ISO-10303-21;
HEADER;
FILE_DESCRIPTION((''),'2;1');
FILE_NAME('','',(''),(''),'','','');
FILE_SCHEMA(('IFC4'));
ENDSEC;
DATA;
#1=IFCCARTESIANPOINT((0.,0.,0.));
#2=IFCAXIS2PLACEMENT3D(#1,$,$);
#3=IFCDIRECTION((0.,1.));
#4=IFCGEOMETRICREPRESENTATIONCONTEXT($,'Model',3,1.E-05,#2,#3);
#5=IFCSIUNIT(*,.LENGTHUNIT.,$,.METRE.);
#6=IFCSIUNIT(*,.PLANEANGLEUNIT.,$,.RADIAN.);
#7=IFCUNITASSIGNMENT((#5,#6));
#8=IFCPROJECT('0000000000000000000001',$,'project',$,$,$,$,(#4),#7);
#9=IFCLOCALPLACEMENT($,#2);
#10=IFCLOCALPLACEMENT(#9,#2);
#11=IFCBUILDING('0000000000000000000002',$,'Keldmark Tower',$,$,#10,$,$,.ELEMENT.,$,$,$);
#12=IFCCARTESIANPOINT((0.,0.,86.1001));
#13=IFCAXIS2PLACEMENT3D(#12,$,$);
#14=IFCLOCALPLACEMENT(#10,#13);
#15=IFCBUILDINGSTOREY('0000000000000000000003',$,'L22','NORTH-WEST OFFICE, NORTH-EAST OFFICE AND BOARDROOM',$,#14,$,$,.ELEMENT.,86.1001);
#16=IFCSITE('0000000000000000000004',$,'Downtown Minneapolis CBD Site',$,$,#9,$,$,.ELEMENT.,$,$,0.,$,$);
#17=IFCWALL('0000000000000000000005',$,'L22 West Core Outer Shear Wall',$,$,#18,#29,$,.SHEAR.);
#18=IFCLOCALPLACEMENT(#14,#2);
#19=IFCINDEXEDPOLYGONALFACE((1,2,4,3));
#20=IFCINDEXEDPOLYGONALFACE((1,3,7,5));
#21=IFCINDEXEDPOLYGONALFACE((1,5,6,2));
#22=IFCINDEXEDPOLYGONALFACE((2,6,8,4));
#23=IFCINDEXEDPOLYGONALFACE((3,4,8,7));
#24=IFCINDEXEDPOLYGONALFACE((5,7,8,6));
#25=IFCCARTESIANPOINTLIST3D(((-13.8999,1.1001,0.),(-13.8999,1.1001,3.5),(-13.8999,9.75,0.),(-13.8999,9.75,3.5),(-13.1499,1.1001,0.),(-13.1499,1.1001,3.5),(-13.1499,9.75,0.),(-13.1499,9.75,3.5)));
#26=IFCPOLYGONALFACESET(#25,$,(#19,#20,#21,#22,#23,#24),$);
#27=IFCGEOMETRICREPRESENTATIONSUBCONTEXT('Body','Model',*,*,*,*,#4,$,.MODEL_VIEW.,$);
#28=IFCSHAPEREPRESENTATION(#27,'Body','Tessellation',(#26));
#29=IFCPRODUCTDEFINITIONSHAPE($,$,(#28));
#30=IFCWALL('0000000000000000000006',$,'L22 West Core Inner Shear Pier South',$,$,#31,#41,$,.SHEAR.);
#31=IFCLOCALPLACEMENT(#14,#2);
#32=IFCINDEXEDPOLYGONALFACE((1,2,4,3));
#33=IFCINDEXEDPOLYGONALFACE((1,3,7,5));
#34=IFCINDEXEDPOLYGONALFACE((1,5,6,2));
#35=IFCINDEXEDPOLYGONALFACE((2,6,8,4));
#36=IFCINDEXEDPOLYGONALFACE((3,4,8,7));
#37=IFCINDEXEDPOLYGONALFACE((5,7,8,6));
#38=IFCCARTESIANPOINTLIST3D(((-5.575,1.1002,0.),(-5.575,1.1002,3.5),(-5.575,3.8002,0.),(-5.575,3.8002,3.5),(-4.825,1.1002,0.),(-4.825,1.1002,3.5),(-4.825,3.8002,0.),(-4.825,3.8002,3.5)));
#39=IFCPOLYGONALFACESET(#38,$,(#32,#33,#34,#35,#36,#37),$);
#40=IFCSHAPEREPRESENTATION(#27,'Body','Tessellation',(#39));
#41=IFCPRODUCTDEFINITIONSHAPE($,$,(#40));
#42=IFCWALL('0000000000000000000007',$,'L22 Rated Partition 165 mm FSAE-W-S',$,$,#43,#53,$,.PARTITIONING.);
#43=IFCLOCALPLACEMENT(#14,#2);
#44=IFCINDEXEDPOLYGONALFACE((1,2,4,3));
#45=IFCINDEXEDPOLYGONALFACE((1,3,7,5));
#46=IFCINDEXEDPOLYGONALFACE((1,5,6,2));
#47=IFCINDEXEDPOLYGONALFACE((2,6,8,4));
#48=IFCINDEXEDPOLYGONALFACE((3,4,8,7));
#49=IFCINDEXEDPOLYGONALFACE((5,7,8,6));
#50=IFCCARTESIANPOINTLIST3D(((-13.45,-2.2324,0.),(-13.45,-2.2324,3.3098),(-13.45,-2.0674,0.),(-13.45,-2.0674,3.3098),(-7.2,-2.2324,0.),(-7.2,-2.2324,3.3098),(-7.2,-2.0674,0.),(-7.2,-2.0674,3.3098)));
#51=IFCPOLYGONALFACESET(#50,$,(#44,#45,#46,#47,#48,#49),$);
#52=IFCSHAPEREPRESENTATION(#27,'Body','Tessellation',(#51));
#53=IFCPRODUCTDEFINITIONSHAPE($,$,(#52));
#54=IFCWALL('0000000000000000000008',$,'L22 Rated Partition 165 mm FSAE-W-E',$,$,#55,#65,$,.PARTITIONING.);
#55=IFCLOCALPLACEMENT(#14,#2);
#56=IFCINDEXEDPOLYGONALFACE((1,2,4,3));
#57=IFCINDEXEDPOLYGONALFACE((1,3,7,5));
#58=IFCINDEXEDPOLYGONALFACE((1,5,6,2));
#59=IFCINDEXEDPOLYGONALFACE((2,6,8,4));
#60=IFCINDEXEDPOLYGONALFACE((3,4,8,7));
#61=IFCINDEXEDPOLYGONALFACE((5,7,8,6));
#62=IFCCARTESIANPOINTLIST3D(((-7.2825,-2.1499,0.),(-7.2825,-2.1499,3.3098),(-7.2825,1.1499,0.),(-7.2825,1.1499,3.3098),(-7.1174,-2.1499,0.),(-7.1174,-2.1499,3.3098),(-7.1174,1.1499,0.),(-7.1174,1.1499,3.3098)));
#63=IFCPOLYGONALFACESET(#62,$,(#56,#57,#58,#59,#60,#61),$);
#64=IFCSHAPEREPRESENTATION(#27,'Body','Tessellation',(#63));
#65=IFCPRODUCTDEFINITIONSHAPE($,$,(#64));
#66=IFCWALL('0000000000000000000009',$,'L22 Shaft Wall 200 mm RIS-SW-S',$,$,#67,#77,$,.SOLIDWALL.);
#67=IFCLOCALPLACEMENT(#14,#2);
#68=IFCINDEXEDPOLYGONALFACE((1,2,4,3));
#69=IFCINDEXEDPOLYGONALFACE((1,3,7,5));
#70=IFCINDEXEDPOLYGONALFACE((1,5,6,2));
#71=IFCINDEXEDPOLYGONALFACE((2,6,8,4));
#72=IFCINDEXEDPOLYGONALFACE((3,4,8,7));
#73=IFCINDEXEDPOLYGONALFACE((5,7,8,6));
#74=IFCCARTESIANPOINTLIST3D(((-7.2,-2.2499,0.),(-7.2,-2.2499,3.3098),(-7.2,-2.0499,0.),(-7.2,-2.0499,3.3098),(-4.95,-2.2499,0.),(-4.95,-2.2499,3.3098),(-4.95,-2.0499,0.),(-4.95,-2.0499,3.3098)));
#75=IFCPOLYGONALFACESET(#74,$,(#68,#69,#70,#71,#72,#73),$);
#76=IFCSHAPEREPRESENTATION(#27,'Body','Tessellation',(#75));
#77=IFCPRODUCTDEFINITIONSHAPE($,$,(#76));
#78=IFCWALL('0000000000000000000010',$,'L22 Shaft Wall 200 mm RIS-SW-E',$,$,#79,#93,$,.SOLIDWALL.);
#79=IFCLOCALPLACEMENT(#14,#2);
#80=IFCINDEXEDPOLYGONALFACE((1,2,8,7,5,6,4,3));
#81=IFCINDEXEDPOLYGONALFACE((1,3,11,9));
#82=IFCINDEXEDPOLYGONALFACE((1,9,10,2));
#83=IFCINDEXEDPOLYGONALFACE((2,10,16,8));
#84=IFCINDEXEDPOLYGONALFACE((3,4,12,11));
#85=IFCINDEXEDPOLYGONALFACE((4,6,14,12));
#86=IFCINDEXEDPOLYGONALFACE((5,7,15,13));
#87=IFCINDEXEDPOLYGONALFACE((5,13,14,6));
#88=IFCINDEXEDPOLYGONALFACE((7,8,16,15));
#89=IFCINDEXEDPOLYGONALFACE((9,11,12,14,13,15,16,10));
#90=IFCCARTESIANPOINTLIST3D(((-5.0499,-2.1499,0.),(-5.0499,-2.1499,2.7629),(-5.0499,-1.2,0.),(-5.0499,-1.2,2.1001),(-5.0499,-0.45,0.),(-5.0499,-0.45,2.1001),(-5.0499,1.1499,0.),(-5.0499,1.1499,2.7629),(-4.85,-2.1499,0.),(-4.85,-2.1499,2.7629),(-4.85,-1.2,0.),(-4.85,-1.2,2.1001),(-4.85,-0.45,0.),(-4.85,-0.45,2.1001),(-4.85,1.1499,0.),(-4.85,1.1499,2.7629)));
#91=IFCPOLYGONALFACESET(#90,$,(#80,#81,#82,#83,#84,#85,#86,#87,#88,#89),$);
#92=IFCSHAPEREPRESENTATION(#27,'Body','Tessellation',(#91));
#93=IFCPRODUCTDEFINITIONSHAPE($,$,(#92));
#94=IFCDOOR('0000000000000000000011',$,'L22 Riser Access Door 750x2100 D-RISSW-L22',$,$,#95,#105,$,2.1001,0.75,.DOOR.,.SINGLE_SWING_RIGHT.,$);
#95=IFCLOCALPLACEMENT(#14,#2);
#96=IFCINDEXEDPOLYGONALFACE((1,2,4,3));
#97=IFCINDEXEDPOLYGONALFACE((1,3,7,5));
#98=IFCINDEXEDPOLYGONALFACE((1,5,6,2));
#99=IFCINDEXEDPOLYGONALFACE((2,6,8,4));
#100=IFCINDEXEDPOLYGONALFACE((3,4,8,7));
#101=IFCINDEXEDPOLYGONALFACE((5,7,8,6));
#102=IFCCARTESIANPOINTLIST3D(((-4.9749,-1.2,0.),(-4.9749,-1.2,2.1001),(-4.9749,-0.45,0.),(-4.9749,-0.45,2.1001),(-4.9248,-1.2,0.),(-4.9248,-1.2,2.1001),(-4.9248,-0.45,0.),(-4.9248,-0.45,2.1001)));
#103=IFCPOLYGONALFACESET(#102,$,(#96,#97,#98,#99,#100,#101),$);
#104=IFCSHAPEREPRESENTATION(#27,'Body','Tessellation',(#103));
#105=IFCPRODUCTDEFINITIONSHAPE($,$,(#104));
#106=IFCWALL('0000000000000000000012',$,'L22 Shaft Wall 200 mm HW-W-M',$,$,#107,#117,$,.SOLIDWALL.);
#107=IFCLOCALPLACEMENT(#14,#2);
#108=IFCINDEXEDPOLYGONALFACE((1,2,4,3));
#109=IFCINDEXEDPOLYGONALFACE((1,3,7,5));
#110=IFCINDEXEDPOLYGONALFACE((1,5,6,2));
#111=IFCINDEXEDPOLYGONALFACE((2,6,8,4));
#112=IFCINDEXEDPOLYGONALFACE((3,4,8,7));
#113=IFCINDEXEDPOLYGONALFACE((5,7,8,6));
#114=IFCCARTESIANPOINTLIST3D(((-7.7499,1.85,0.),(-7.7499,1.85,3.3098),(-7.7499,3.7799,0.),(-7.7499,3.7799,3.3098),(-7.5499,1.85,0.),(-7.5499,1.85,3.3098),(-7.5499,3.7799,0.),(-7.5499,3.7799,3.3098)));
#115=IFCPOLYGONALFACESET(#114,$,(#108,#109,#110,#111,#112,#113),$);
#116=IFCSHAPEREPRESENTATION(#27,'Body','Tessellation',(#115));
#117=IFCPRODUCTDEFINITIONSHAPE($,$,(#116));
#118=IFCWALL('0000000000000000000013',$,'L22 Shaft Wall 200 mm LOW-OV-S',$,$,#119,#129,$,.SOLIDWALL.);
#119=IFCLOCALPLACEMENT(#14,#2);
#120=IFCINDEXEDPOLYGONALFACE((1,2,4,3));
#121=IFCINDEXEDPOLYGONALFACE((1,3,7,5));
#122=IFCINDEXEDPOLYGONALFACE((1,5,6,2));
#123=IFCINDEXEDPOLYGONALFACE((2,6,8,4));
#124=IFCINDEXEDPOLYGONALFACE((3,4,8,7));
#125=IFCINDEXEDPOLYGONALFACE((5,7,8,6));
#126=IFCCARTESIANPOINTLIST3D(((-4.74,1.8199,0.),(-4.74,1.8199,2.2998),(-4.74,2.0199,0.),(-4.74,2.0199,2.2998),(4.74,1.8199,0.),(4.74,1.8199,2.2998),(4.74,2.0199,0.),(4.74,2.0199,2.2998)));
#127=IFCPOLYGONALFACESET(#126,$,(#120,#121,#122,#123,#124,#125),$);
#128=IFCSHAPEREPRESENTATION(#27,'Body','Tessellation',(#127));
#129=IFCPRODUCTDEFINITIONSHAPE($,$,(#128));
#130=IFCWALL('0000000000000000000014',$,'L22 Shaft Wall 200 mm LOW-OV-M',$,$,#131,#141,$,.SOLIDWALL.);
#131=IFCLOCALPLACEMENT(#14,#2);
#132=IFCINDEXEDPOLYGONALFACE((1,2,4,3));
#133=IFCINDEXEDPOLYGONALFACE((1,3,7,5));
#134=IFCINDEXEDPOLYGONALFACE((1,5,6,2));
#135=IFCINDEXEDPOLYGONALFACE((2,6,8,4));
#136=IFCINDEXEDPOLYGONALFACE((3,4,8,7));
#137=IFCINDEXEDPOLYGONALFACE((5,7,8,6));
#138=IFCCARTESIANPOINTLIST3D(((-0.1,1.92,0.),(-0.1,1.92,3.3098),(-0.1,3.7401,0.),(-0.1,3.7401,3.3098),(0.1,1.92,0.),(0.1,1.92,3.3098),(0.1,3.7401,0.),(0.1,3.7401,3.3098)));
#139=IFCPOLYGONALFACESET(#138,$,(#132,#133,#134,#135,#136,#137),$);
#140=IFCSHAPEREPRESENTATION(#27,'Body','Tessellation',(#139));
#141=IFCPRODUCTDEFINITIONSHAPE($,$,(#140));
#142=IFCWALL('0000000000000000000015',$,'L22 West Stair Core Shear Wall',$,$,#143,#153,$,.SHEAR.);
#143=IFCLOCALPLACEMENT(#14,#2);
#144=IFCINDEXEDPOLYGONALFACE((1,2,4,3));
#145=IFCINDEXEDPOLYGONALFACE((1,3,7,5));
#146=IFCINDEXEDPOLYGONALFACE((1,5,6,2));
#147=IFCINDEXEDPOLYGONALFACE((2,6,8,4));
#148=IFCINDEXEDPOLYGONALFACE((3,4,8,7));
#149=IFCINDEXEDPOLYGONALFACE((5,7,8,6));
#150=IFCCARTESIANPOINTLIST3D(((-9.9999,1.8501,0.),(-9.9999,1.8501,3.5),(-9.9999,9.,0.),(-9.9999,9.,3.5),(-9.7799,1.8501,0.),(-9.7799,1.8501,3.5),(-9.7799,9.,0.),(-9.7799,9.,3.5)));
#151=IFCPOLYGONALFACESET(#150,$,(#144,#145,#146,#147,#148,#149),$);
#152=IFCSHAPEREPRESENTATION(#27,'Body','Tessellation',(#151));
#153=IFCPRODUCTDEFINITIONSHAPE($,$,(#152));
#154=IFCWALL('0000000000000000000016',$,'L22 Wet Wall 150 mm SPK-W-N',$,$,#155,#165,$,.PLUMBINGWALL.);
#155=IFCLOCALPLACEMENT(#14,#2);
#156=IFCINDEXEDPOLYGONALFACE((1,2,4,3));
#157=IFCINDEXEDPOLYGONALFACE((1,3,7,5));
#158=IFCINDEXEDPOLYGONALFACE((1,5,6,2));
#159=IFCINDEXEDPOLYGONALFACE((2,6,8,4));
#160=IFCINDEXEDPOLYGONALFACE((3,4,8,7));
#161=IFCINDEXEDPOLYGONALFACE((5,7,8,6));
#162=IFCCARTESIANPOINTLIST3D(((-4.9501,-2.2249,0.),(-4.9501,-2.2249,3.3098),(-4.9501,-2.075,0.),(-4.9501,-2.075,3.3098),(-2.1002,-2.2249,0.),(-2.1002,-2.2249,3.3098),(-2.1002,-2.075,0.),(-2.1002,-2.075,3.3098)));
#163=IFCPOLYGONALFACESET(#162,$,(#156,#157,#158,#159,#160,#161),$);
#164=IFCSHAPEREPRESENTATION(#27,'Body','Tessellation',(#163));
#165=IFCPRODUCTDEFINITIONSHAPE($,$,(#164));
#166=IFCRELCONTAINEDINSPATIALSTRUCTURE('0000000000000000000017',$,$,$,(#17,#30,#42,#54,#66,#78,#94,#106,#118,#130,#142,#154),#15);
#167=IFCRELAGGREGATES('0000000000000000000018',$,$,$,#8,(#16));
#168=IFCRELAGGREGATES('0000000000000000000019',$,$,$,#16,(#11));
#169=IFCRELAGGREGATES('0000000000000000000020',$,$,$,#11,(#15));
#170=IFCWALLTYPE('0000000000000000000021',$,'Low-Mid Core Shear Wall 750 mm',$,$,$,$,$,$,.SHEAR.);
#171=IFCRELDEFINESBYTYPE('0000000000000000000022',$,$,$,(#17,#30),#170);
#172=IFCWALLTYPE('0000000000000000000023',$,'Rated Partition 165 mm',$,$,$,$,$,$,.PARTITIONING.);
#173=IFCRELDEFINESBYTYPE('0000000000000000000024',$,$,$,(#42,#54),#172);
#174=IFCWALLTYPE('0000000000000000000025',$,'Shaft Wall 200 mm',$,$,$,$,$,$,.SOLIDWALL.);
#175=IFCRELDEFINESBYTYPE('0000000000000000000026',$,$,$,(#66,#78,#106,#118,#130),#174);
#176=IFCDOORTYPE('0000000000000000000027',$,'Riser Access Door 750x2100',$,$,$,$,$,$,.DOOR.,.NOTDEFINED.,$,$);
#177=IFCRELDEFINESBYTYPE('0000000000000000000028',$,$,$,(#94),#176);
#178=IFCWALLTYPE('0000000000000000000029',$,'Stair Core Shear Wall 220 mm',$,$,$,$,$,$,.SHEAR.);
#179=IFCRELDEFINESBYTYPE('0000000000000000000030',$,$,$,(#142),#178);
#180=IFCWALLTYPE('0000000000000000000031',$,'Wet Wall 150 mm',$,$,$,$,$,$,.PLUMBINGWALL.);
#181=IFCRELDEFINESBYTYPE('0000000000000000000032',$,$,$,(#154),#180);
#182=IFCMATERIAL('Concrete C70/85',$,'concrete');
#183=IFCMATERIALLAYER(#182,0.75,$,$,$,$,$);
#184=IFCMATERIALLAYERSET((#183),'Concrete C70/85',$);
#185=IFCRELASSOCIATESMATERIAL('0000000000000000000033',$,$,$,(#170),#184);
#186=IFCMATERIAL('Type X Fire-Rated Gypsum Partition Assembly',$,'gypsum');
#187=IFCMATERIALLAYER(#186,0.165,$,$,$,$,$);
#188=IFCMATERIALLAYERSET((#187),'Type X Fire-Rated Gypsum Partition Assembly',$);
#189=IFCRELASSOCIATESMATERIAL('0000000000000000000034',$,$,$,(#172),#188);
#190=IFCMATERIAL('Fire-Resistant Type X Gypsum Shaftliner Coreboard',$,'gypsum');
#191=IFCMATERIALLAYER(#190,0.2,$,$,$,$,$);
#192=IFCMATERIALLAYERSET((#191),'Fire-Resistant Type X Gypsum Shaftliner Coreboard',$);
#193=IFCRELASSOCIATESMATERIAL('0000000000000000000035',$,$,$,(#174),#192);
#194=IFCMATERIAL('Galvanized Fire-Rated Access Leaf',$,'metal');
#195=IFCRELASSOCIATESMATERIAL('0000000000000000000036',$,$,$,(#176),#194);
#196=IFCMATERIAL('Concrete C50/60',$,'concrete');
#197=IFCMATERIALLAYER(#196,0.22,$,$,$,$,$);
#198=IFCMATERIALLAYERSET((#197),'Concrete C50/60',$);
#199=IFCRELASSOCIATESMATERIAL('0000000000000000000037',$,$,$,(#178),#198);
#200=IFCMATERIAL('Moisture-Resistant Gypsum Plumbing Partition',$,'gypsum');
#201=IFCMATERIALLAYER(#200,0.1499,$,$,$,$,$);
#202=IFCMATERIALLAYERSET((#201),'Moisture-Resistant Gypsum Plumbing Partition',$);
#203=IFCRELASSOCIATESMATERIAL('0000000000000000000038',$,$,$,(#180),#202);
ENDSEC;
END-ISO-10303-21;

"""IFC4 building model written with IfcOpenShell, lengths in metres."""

from ifc_helpers import new_model, si_unit, direction, frame, frame_2d, origin, place, context, subcontext, project, spatial, rectangle, extrude, material, layer, layer_set, type_object, element, fill, save


model = new_model("IFC4")

# Units and contexts
model_context = context("Model", 3, precision=1e-05, world=origin(), true_north=direction((0.0, 1.0)))
body_context = subcontext(model_context, "Body", "Model", "MODEL_VIEW")
ifc_project = project(units=[si_unit("LENGTHUNIT", "METRE"), si_unit("PLANEANGLEUNIT", "RADIAN")], contexts=[model_context])

# Site, building, storey
site_placement = place(None, origin())
site = spatial("IfcSite", under=ifc_project, at=site_placement, Name="Downtown Minneapolis CBD Site", CompositionType="ELEMENT", RefElevation=0.0)
building_placement = place(site_placement, origin())
building = spatial("IfcBuilding", under=site, at=building_placement, Name="Keldmark Tower", CompositionType="ELEMENT")
storey_placement = place(building_placement, frame((0.0, 0.0, 86.1001)))
storey = spatial("IfcBuildingStorey", under=building, at=storey_placement, Name="L22", Description="NORTH-WEST OFFICE, NORTH-EAST OFFICE AND BOARDROOM", CompositionType="ELEMENT", Elevation=86.1001)

# Wall
ifc_material_1 = material(Name="Concrete C70/85", Category="concrete")
ifc_layer_1 = layer(ifc_material_1, 0.75)
ifc_layer_set_1 = layer_set([ifc_layer_1], Name="Concrete C70/85")
wall_type_1 = type_object("IfcWallType", Name="Low-Mid Core Shear Wall 750 mm", PredefinedType="SHEAR", material=ifc_layer_set_1)
wall_1_placement = place(storey_placement, frame((-13.5249, 1.1001, 0.0), z_axis=(0.0, 0.0, 1.0), x_axis=(0.0, 1.0, 0.0)))
element("IfcWall", 1, at=wall_1_placement, inside=storey, type_object=wall_type_1, Name="L22 West Core Outer Shear Wall", PredefinedType="SHEAR", context=body_context, shape_type="SweptSolid", body=[
    extrude(rectangle(XDim=8.6499, YDim=0.75, at=frame_2d((4.325, 0.0))), origin(), (0.0, 0.0, 1.0), 3.5),
])

# Walls
wall_2_placement = place(storey_placement, frame((-5.2, 1.1001, 0.0), z_axis=(0.0, 0.0, 1.0), x_axis=(0.0, 1.0, 0.0)))
element("IfcWall", 2, at=wall_2_placement, inside=storey, type_object=wall_type_1, Name="L22 West Core Inner Shear Pier South", PredefinedType="SHEAR", context=body_context, shape_type="SweptSolid", body=[
    extrude(rectangle(XDim=2.7, YDim=0.75, at=frame_2d((1.3501, 0.0))), origin(), (0.0, 0.0, 1.0), 3.5),
])
ifc_material_2 = material(Name="Type X Fire-Rated Gypsum Partition Assembly", Category="gypsum")
ifc_layer_2 = layer(ifc_material_2, 0.165)
ifc_layer_set_2 = layer_set([ifc_layer_2], Name="Type X Fire-Rated Gypsum Partition Assembly")
wall_type_2 = type_object("IfcWallType", Name="Rated Partition 165 mm", PredefinedType="PARTITIONING", material=ifc_layer_set_2)
wall_3_placement = place(storey_placement, frame((-13.45, -2.1499, 0.0), z_axis=(0.0, 0.0, 1.0), x_axis=(1.0, 0.0, 0.0)))
element("IfcWall", 3, at=wall_3_placement, inside=storey, type_object=wall_type_2, Name="L22 Rated Partition 165 mm FSAE-W-S", PredefinedType="PARTITIONING", context=body_context, shape_type="SweptSolid", body=[
    extrude(rectangle(XDim=6.25, YDim=0.165, at=frame_2d((3.125, 0.0))), origin(), (0.0, 0.0, 1.0), 3.3098),
])

# Walls
wall_4_placement = place(storey_placement, frame((-7.2, -2.1499, 0.0), z_axis=(0.0, 0.0, 1.0), x_axis=(0.0, 1.0, 0.0)))
element("IfcWall", 4, at=wall_4_placement, inside=storey, type_object=wall_type_2, Name="L22 Rated Partition 165 mm FSAE-W-E", PredefinedType="PARTITIONING", context=body_context, shape_type="SweptSolid", body=[
    extrude(rectangle(XDim=3.2998, YDim=0.165, at=frame_2d((1.6499, 0.0))), origin(), (0.0, 0.0, 1.0), 3.3098),
])
ifc_material_3 = material(Name="Fire-Resistant Type X Gypsum Shaftliner Coreboard", Category="gypsum")
ifc_layer_3 = layer(ifc_material_3, 0.2)
ifc_layer_set_3 = layer_set([ifc_layer_3], Name="Fire-Resistant Type X Gypsum Shaftliner Coreboard")
wall_type_3 = type_object("IfcWallType", Name="Shaft Wall 200 mm", PredefinedType="SOLIDWALL", material=ifc_layer_set_3)
wall_5_placement = place(storey_placement, frame((-7.2, -2.1499, 0.0), z_axis=(0.0, 0.0, 1.0), x_axis=(1.0, 0.0, 0.0)))
element("IfcWall", 5, at=wall_5_placement, inside=storey, type_object=wall_type_3, Name="L22 Shaft Wall 200 mm RIS-SW-S", PredefinedType="SOLIDWALL", context=body_context, shape_type="SweptSolid", body=[
    extrude(rectangle(XDim=2.25, YDim=0.2, at=frame_2d((1.125, 0.0))), origin(), (0.0, 0.0, 1.0), 3.3098),
])

# Wall, opening, door
wall_6_placement = place(storey_placement, frame((-4.95, -2.1499, 0.0), z_axis=(0.0, 0.0, 1.0), x_axis=(0.0, 1.0, 0.0)))
wall_6 = element("IfcWall", 6, at=wall_6_placement, inside=storey, type_object=wall_type_3, Name="L22 Shaft Wall 200 mm RIS-SW-E", PredefinedType="SOLIDWALL", context=body_context, shape_type="SweptSolid", body=[
    extrude(rectangle(XDim=3.2998, YDim=0.2, at=frame_2d((1.6499, 0.0))), origin(), (0.0, 0.0, 1.0), 2.7629),
])
opening_1_placement = place(wall_6_placement, frame((0.95, 0.0, 0.0)))
opening_1 = element("IfcOpeningElement", 7, at=opening_1_placement, cuts=wall_6, PredefinedType="OPENING", context=body_context, shape_type="SweptSolid", body=[
    extrude(rectangle(XDim=0.75, YDim=2.1001, at=frame_2d((0.375, 1.05))), frame((0.0, 0.1099, 0.0), z_axis=(0.0, -1.0, 0.0), x_axis=(1.0, 0.0, 0.0)), (0.0, 0.0, 1.0), 0.22),
])
ifc_material_4 = material(Name="Galvanized Fire-Rated Access Leaf", Category="metal")
door_type_1 = type_object("IfcDoorType", Name="Riser Access Door 750x2100", OperationType="NOTDEFINED", PredefinedType="DOOR", material=ifc_material_4)
door_1_placement = place(opening_1_placement, origin())
door_1 = element("IfcDoor", 8, at=door_1_placement, inside=storey, type_object=door_type_1, Name="L22 Riser Access Door 750x2100 D-RISSW-L22", OperationType="SINGLE_SWING_RIGHT", OverallHeight=2.1001, OverallWidth=0.75, PredefinedType="DOOR", context=body_context, shape_type="SweptSolid", body=[
    extrude(rectangle(XDim=0.75, YDim=2.1001, at=frame_2d((0.375, 1.05))), frame((0.0, 0.0249, 0.0), z_axis=(0.0, -1.0, 0.0), x_axis=(1.0, 0.0, 0.0)), (0.0, 0.0, 1.0), 0.05),
])
fill(opening_1, door_1)

# Walls
wall_7_placement = place(storey_placement, frame((-7.6499, 1.8501, 0.0), z_axis=(0.0, 0.0, 1.0), x_axis=(0.0, 1.0, 0.0)))
element("IfcWall", 9, at=wall_7_placement, inside=storey, type_object=wall_type_3, Name="L22 Shaft Wall 200 mm HW-W-M", PredefinedType="SOLIDWALL", context=body_context, shape_type="SweptSolid", body=[
    extrude(rectangle(XDim=1.9299, YDim=0.2, at=frame_2d((0.9648, 0.0))), origin(), (0.0, 0.0, 1.0), 3.3098),
])
wall_8_placement = place(storey_placement, frame((-4.74, 1.9199, 0.0), z_axis=(0.0, 0.0, 1.0), x_axis=(1.0, 0.0, 0.0)))
element("IfcWall", 10, at=wall_8_placement, inside=storey, type_object=wall_type_3, Name="L22 Shaft Wall 200 mm LOW-OV-S", PredefinedType="SOLIDWALL", context=body_context, shape_type="SweptSolid", body=[
    extrude(rectangle(XDim=9.48, YDim=0.2, at=frame_2d((4.74, 0.0))), origin(), (0.0, 0.0, 1.0), 2.2998),
])
wall_9_placement = place(storey_placement, frame((0.0, 1.9199, 0.0), z_axis=(0.0, 0.0, 1.0), x_axis=(0.0, 1.0, 0.0)))
element("IfcWall", 11, at=wall_9_placement, inside=storey, type_object=wall_type_3, Name="L22 Shaft Wall 200 mm LOW-OV-M", PredefinedType="SOLIDWALL", context=body_context, shape_type="SweptSolid", body=[
    extrude(rectangle(XDim=1.8201, YDim=0.2, at=frame_2d((0.9102, 0.0))), origin(), (0.0, 0.0, 1.0), 3.3098),
])
ifc_material_5 = material(Name="Concrete C50/60", Category="concrete")
ifc_layer_4 = layer(ifc_material_5, 0.22)
ifc_layer_set_4 = layer_set([ifc_layer_4], Name="Concrete C50/60")
wall_type_4 = type_object("IfcWallType", Name="Stair Core Shear Wall 220 mm", PredefinedType="SHEAR", material=ifc_layer_set_4)
wall_10_placement = place(storey_placement, frame((-9.8899, 1.8501, 0.0), z_axis=(0.0, 0.0, 1.0), x_axis=(0.0, 1.0, 0.0)))
element("IfcWall", 12, at=wall_10_placement, inside=storey, type_object=wall_type_4, Name="L22 West Stair Core Shear Wall", PredefinedType="SHEAR", context=body_context, shape_type="SweptSolid", body=[
    extrude(rectangle(XDim=7.1499, YDim=0.22, at=frame_2d((3.575, 0.0))), origin(), (0.0, 0.0, 1.0), 3.5),
])
ifc_material_6 = material(Name="Moisture-Resistant Gypsum Plumbing Partition", Category="gypsum")
ifc_layer_5 = layer(ifc_material_6, 0.1499)
ifc_layer_set_5 = layer_set([ifc_layer_5], Name="Moisture-Resistant Gypsum Plumbing Partition")
wall_type_5 = type_object("IfcWallType", Name="Wet Wall 150 mm", PredefinedType="PLUMBINGWALL", material=ifc_layer_set_5)
wall_11_placement = place(storey_placement, frame((-4.95, -2.1499, 0.0), z_axis=(0.0, 0.0, 1.0), x_axis=(1.0, 0.0, 0.0)))
element("IfcWall", 13, at=wall_11_placement, inside=storey, type_object=wall_type_5, Name="L22 Wet Wall 150 mm SPK-W-N", PredefinedType="PLUMBINGWALL", context=body_context, shape_type="SweptSolid", body=[
    extrude(rectangle(XDim=2.8499, YDim=0.1499, at=frame_2d((1.4248, 0.0))), origin(), (0.0, 0.0, 1.0), 3.3098),
])

save(model, "model.ifc")
